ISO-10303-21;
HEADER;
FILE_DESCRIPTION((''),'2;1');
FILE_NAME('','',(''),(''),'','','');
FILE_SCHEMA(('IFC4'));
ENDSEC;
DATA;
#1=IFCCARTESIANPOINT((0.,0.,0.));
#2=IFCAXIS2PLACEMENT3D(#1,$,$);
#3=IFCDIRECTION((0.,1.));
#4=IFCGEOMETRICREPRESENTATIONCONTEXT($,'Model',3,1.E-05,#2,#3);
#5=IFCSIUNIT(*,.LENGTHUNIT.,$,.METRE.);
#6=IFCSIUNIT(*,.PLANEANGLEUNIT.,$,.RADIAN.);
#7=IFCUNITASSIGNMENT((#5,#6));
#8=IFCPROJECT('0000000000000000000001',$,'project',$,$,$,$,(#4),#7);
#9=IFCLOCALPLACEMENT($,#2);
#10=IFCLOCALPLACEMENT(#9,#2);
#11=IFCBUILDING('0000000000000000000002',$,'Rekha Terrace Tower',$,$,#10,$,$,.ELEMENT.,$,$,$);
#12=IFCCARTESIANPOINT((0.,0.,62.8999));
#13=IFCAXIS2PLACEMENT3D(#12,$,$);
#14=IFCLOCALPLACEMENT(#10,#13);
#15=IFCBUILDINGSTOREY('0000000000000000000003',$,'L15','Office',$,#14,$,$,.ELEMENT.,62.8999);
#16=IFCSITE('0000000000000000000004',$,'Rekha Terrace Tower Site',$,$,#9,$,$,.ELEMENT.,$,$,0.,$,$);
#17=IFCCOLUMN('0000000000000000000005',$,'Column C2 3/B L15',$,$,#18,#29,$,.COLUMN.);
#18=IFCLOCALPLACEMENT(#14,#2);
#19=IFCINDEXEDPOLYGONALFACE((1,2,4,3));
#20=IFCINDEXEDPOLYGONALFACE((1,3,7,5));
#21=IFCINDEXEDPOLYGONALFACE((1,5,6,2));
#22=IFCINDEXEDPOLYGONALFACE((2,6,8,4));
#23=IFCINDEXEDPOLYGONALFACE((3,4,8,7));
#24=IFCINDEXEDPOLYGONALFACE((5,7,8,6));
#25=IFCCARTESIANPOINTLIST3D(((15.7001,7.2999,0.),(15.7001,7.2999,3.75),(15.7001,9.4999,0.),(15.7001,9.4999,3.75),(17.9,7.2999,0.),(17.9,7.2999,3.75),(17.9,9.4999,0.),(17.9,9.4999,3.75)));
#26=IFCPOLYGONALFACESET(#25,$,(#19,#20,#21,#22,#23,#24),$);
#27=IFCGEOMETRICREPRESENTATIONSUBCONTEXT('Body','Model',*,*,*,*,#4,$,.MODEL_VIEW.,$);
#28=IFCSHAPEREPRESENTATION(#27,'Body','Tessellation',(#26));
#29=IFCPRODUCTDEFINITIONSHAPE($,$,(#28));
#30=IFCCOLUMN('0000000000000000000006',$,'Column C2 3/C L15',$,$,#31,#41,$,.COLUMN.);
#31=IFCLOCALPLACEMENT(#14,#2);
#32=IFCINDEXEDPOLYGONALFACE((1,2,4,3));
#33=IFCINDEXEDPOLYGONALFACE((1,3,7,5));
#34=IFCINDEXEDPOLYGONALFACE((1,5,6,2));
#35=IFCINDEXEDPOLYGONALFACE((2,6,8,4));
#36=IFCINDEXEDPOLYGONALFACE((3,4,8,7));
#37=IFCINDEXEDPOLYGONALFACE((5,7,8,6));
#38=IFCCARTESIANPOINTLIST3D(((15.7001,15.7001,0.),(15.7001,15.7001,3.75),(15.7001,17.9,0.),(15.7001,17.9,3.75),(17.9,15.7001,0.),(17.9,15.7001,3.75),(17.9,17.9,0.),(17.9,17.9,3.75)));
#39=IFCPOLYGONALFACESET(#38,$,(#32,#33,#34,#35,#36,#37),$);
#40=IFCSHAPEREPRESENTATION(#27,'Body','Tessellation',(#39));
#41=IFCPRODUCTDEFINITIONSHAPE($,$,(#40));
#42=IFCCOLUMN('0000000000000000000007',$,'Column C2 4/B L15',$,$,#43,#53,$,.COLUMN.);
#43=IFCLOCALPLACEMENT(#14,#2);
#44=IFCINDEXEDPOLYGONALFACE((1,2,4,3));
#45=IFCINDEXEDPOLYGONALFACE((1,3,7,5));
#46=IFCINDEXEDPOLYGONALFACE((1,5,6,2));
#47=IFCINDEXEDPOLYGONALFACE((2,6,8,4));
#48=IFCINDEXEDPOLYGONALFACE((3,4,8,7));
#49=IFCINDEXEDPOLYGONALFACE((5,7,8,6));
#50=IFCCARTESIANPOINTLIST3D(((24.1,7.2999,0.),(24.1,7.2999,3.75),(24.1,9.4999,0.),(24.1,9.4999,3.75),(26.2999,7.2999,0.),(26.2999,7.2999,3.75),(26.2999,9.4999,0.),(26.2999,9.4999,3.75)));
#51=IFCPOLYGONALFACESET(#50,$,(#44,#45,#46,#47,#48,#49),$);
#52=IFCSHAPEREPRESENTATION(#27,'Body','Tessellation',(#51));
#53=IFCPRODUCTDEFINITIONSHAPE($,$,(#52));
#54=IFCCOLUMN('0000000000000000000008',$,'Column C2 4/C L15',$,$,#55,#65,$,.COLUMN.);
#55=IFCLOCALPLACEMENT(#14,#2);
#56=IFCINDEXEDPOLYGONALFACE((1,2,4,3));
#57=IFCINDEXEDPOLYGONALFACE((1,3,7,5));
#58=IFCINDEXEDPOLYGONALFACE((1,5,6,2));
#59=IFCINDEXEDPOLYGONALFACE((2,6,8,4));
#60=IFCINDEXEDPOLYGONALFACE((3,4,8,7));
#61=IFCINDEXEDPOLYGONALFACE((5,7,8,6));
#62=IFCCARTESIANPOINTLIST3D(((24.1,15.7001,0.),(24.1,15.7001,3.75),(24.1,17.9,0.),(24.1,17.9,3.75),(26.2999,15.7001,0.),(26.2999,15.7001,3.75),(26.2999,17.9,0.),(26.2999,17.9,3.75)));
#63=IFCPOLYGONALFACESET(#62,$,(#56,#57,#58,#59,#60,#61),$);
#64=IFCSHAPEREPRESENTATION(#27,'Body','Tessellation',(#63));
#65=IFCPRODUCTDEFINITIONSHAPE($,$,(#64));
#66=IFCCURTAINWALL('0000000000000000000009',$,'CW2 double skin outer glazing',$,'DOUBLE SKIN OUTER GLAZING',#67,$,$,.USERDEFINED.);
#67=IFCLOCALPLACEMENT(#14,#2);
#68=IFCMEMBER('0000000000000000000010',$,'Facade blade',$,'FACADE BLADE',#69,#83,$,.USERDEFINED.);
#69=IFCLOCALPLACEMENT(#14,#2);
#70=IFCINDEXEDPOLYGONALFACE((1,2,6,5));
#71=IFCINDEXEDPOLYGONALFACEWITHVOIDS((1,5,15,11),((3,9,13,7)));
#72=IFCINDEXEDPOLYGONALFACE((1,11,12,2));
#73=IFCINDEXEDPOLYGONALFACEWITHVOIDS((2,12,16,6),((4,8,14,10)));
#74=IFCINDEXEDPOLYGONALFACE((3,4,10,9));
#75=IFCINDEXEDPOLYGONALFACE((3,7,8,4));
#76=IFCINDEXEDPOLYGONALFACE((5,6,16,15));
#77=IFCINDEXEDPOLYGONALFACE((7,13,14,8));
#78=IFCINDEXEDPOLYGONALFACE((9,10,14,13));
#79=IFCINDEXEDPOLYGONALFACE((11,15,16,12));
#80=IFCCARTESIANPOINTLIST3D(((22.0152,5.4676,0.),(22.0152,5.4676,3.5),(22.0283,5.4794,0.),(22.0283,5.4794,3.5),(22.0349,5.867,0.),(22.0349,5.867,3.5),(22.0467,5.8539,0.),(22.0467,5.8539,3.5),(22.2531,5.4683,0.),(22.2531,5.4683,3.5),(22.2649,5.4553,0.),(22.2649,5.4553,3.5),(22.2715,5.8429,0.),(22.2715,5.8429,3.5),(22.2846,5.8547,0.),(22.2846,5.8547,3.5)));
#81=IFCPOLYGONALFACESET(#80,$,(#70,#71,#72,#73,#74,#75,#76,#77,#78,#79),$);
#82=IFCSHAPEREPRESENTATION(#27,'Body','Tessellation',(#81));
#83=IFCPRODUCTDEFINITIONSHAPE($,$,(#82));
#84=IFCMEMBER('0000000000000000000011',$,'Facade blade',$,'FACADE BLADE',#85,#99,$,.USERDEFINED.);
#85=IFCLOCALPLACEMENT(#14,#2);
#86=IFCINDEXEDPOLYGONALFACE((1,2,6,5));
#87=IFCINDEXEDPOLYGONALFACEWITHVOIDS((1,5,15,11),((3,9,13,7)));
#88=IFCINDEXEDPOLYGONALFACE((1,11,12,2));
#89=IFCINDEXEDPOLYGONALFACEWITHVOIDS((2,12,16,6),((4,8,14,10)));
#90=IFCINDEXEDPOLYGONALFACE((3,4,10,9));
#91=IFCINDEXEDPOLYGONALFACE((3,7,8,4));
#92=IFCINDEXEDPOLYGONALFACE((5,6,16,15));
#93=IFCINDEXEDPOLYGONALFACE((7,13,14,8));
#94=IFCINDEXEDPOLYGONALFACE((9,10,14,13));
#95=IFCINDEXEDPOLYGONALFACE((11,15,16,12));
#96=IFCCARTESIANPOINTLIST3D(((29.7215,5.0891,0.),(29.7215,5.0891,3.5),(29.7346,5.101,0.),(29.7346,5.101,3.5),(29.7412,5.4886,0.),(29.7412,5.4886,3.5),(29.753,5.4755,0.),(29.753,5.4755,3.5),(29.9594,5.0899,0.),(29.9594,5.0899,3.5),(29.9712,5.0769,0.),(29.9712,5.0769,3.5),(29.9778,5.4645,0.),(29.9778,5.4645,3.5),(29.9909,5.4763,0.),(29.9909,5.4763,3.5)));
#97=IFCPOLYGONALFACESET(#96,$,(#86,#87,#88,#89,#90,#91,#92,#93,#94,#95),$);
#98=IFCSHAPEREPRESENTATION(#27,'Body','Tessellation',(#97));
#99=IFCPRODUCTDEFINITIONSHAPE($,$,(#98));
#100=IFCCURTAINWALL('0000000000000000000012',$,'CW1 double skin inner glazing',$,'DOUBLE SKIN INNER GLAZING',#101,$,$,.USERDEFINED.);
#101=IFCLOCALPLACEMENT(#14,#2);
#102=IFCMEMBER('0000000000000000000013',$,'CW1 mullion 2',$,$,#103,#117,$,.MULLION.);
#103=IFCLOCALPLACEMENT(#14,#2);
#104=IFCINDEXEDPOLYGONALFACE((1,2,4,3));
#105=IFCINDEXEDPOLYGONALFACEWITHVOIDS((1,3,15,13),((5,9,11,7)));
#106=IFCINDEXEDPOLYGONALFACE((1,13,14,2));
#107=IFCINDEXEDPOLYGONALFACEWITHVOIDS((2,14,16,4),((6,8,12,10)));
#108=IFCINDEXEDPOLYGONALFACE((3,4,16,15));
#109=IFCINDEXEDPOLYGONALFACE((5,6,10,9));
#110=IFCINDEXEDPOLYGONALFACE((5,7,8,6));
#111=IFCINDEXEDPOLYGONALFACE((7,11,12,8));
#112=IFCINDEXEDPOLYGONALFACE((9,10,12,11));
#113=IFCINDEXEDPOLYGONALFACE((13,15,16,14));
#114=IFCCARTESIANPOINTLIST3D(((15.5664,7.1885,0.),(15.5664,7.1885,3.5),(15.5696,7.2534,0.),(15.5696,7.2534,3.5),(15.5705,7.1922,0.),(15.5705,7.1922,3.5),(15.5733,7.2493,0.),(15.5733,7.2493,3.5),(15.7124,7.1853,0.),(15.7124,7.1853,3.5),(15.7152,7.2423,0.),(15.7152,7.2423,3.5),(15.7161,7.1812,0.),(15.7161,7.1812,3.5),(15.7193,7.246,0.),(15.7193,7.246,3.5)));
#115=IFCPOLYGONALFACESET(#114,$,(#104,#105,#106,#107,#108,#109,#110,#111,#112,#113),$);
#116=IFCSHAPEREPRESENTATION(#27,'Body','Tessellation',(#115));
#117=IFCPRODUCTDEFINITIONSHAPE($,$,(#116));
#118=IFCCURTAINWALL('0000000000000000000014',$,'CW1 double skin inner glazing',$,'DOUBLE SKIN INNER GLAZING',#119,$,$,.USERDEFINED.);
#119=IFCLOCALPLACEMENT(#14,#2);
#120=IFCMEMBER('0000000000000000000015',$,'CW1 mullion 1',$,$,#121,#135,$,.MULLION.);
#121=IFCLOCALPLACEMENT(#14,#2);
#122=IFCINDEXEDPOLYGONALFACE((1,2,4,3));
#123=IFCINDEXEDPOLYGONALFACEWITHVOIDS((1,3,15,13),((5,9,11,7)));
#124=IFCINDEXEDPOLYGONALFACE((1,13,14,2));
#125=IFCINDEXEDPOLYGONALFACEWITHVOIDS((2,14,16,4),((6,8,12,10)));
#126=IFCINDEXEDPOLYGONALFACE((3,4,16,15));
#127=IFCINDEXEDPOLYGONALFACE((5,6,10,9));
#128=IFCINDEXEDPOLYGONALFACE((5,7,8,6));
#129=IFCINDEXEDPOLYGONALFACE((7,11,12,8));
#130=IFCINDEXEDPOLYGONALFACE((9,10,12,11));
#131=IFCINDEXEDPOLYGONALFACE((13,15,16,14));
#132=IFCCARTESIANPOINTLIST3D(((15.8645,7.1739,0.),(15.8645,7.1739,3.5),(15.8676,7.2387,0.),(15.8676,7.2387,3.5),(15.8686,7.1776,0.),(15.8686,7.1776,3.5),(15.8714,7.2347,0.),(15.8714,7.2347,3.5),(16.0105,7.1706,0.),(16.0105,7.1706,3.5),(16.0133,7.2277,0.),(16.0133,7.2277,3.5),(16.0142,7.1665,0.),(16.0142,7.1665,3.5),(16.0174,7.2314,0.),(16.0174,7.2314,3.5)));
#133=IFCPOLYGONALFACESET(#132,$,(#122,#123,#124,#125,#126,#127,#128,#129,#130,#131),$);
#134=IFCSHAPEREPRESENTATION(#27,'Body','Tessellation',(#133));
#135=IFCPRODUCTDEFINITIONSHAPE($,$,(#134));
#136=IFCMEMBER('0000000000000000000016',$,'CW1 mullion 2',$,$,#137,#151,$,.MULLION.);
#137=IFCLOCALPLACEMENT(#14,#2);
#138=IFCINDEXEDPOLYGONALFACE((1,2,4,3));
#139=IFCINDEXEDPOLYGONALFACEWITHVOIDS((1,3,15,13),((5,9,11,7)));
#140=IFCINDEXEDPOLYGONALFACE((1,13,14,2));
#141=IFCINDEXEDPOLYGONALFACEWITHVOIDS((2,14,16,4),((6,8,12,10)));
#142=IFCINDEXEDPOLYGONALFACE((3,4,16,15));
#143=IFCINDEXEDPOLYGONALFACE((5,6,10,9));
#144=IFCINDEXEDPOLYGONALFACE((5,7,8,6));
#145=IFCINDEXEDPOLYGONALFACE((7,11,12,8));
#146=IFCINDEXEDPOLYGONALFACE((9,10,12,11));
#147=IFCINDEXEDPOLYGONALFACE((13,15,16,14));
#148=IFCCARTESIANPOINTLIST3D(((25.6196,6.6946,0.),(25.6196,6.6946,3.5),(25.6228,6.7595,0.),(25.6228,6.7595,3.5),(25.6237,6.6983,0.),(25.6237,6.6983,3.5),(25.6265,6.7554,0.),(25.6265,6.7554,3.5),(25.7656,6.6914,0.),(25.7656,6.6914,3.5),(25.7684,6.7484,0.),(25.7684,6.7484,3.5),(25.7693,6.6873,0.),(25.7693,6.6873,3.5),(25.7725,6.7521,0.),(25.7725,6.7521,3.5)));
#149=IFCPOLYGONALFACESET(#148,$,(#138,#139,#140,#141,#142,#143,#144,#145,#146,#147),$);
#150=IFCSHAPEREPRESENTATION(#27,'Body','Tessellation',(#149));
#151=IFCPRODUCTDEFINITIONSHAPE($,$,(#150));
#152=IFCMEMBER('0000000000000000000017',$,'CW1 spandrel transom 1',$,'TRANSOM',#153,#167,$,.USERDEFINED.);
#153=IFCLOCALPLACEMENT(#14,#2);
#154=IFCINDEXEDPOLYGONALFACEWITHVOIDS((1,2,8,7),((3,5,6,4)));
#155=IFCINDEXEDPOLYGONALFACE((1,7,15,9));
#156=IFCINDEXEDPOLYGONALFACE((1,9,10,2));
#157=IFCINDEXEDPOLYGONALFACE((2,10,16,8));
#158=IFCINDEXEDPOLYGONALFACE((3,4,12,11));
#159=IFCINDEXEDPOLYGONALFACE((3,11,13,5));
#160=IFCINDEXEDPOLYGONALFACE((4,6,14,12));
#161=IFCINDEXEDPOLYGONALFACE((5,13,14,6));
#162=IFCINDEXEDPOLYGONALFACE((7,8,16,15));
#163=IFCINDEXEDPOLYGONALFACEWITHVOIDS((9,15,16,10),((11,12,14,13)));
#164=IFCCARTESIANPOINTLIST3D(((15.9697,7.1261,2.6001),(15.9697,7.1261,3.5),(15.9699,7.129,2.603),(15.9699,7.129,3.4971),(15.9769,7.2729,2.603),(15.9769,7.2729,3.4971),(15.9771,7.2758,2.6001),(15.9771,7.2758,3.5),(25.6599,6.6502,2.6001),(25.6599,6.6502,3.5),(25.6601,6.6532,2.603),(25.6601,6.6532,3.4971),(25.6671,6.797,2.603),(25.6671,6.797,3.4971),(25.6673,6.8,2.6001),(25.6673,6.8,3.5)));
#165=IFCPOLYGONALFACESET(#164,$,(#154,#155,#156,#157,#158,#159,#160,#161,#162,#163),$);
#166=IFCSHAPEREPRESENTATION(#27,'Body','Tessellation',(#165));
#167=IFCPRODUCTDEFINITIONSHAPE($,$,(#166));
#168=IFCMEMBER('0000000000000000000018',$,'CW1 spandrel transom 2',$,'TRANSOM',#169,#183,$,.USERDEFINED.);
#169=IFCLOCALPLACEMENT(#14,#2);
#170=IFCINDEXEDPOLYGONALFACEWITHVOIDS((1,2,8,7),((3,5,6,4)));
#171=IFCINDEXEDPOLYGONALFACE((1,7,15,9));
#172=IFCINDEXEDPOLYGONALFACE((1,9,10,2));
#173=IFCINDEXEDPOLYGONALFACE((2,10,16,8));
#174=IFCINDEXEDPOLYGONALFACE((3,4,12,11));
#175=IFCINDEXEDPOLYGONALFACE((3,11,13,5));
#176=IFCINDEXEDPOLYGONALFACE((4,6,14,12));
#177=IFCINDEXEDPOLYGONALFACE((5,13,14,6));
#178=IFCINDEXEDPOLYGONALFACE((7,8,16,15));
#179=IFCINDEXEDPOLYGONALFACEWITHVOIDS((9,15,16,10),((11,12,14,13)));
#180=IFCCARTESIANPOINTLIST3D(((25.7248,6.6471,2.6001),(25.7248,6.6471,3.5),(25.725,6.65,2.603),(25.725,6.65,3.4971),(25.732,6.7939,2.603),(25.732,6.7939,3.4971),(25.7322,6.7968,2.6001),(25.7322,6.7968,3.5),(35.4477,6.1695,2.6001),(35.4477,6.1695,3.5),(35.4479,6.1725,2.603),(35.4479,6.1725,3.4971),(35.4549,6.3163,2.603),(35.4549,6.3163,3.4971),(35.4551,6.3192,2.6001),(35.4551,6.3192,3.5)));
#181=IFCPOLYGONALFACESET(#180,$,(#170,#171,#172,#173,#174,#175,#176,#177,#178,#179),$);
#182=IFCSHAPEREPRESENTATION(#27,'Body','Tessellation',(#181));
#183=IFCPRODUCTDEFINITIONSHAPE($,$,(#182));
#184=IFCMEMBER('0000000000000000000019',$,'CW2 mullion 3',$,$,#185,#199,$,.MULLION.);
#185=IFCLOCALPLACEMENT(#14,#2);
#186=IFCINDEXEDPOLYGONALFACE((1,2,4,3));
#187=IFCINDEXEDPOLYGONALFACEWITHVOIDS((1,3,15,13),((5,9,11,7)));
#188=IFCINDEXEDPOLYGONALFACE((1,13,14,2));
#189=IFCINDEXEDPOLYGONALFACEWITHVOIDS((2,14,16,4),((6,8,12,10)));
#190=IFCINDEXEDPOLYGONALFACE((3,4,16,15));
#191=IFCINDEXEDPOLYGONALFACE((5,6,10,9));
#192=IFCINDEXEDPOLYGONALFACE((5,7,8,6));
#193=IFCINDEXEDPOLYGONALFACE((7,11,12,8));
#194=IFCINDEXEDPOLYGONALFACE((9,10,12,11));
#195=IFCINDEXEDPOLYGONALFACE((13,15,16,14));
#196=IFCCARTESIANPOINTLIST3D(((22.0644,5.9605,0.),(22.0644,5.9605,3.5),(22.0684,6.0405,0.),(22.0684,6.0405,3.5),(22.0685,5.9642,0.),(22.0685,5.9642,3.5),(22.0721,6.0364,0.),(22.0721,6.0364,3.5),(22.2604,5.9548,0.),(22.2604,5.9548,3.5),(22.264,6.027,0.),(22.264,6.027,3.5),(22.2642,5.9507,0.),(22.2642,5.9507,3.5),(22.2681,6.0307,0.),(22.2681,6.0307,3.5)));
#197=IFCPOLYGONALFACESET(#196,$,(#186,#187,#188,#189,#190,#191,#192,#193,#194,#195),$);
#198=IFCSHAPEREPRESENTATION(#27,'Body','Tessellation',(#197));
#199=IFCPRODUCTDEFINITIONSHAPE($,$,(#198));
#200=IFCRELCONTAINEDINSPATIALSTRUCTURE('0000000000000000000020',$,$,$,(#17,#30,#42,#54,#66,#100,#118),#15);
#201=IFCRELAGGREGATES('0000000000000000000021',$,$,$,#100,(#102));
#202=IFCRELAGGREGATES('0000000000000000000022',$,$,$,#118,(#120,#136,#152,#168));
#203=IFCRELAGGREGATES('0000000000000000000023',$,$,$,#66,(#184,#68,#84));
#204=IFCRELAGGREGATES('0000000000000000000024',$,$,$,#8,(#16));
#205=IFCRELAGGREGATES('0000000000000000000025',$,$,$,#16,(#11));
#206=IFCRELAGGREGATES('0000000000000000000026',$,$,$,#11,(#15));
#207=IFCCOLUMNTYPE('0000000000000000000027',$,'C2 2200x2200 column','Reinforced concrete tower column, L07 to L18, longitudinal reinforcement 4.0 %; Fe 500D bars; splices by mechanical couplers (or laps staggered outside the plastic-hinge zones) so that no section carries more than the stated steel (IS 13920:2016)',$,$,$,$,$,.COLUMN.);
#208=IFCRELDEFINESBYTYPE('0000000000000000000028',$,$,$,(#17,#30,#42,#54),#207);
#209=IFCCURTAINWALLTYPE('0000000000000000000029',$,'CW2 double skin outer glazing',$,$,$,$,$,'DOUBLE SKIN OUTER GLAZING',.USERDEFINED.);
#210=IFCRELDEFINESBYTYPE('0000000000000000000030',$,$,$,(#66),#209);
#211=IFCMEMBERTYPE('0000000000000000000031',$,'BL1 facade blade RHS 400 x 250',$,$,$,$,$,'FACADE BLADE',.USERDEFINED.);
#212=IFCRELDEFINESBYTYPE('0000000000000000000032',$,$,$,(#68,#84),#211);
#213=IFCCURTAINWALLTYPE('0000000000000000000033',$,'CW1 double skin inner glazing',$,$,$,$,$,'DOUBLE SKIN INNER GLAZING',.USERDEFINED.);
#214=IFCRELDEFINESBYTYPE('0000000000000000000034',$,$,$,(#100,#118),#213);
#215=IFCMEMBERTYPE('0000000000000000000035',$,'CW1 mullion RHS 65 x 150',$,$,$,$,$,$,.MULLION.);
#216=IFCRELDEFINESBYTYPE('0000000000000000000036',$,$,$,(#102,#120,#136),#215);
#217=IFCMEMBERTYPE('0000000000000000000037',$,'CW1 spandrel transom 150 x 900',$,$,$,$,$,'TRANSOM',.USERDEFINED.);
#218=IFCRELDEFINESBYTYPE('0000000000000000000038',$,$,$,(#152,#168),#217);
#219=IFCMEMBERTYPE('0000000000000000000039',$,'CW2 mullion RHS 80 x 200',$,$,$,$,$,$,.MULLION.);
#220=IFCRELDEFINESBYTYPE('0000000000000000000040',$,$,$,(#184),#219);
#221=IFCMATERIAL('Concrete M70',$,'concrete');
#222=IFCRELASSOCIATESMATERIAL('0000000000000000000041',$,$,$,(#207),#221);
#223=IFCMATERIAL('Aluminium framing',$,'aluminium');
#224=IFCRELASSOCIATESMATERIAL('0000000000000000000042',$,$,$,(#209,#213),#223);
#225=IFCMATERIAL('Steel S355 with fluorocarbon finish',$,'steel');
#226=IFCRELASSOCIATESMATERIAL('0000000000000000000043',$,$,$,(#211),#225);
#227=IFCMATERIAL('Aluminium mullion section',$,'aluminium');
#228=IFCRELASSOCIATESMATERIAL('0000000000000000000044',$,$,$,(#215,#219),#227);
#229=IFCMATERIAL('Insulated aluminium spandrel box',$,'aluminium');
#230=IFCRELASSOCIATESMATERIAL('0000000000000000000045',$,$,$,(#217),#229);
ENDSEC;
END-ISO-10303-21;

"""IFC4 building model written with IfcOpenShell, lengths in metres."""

from ifc_helpers import new_model, si_unit, direction, frame, origin, origin_2d, place, context, subcontext, project, spatial, rectangle, hollow_rectangle, extrude, material, material_profile, profile_set, type_object, element, aggregate, save


model = new_model("IFC4")

# Units and contexts
model_context = context("Model", 3, precision=1e-05, world=origin(), true_north=direction((0.0, 1.0)))
body_context = subcontext(model_context, "Body", "Model", "MODEL_VIEW")
ifc_project = project(units=[si_unit("LENGTHUNIT", "METRE"), si_unit("PLANEANGLEUNIT", "RADIAN")], contexts=[model_context])

# Site, building, storey
site_placement = place(None, origin())
site = spatial("IfcSite", under=ifc_project, at=site_placement, Name="Rekha Terrace Tower Site", CompositionType="ELEMENT", RefElevation=0.0)
building_placement = place(site_placement, origin())
building = spatial("IfcBuilding", under=site, at=building_placement, Name="Rekha Terrace Tower", CompositionType="ELEMENT")
storey_placement = place(building_placement, frame((0.0, 0.0, 62.8999)))
storey = spatial("IfcBuildingStorey", under=building, at=storey_placement, Name="L15", Description="Office", CompositionType="ELEMENT", Elevation=62.8999)

# Columns
ifc_material_1 = material(Name="Concrete M70", Category="concrete")
ifc_material_profile_1 = material_profile(ifc_material_1, rectangle(XDim=2.2, YDim=2.2, at=origin_2d()), Name="RC 2200x2200")
ifc_profile_set_1 = profile_set([ifc_material_profile_1], Name="Concrete M70")
column_type = type_object("IfcColumnType", Name="C2 2200x2200 column", Description="Reinforced concrete tower column, L07 to L18, longitudinal reinforcement 4.0 %; Fe 500D bars; splices by mechanical couplers (or laps staggered outside the plastic-hinge zones) so that no section carries more than the stated steel (IS 13920:2016)", PredefinedType="COLUMN", material=ifc_profile_set_1)
for number, where, z_axis, x_axis, name in (
    (1, (16.8, 8.3999, 0.0), (0.0, 0.0, 1.0), (1.0, 0.0, 0.0), "Column C2 3/B L15"),
    (2, (16.8, 16.8, 0.0), (0.0, 0.0, 1.0), (1.0, 0.0, 0.0), "Column C2 3/C L15"),
    (3, (25.2, 8.3999, 0.0), (0.0, 0.0, 1.0), (1.0, 0.0, 0.0), "Column C2 4/B L15"),
    (4, (25.2, 16.8, 0.0), (0.0, 0.0, 1.0), (1.0, 0.0, 0.0), "Column C2 4/C L15"),
):
    element("IfcColumn", number, at=place(storey_placement, frame(where, z_axis=z_axis, x_axis=x_axis)), inside=storey, type_object=column_type, Name=name, PredefinedType="COLUMN", context=body_context, shape_type="SweptSolid", body=[
        extrude(rectangle(XDim=2.2, YDim=2.2, at=origin_2d()), origin(), (0.0, 0.0, 1.0), 3.75),
    ])

# Curtain wall, members
ifc_material_2 = material(Name="Aluminium framing", Category="aluminium")
curtain_wall_type_1 = type_object("IfcCurtainWallType", Name="CW2 double skin outer glazing", ElementType="DOUBLE SKIN OUTER GLAZING", PredefinedType="USERDEFINED", material=ifc_material_2)
curtain_wall_1_placement = place(storey_placement, origin())
curtain_wall_1 = element("IfcCurtainWall", 5, at=curtain_wall_1_placement, inside=storey, type_object=curtain_wall_type_1, Name="CW2 double skin outer glazing", ObjectType="DOUBLE SKIN OUTER GLAZING", PredefinedType="USERDEFINED")
ifc_material_3 = material(Name="Steel S355 with fluorocarbon finish", Category="steel")
ifc_material_profile_2 = material_profile(ifc_material_3, hollow_rectangle(XDim=0.25, YDim=0.3999, WallThickness=0.0125, at=origin_2d()), Name="RHS400x250x12.5")
ifc_profile_set_2 = profile_set([ifc_material_profile_2], Name="Steel S355 with fluorocarbon finish")
member_type_1 = type_object("IfcMemberType", Name="BL1 facade blade RHS 400 x 250", ElementType="FACADE BLADE", PredefinedType="USERDEFINED", material=ifc_profile_set_2)
member_1_placement = place(storey_placement, frame((22.1499, 5.6611, 0.0), z_axis=(0.0, 0.0, 1.0), x_axis=(0.998796, -0.049052, 0.0)))
member_1 = element("IfcMember", 6, at=member_1_placement, type_object=member_type_1, Name="Facade blade", ObjectType="FACADE BLADE", PredefinedType="USERDEFINED", context=body_context, shape_type="SweptSolid", body=[
    extrude(hollow_rectangle(XDim=0.25, YDim=0.3999, WallThickness=0.0125, at=origin_2d()), origin(), (0.0, 0.0, 1.0), 3.5),
])
member_2_placement = place(storey_placement, frame((29.8562, 5.2827, 0.0), z_axis=(0.0, 0.0, 1.0), x_axis=(0.998796, -0.049052, 0.0)))
member_2 = element("IfcMember", 7, at=member_2_placement, type_object=member_type_1, Name="Facade blade", ObjectType="FACADE BLADE", PredefinedType="USERDEFINED", context=body_context, shape_type="SweptSolid", body=[
    extrude(hollow_rectangle(XDim=0.25, YDim=0.3999, WallThickness=0.0125, at=origin_2d()), origin(), (0.0, 0.0, 1.0), 3.5),
])

# Curtain wall, member
curtain_wall_type_2 = type_object("IfcCurtainWallType", Name="CW1 double skin inner glazing", ElementType="DOUBLE SKIN INNER GLAZING", PredefinedType="USERDEFINED", material=ifc_material_2)
curtain_wall_2_placement = place(storey_placement, origin())
curtain_wall_2 = element("IfcCurtainWall", 8, at=curtain_wall_2_placement, inside=storey, type_object=curtain_wall_type_2, Name="CW1 double skin inner glazing", ObjectType="DOUBLE SKIN INNER GLAZING", PredefinedType="USERDEFINED")
ifc_material_4 = material(Name="Aluminium mullion section", Category="aluminium")
ifc_material_profile_3 = material_profile(ifc_material_4, hollow_rectangle(XDim=0.0649, YDim=0.1499, WallThickness=0.0039, at=origin_2d()), Name="AL RHS 65x150")
ifc_profile_set_3 = profile_set([ifc_material_profile_3], Name="Aluminium mullion section")
member_type_2 = type_object("IfcMemberType", Name="CW1 mullion RHS 65 x 150", PredefinedType="MULLION", material=ifc_profile_set_3)
member_3_placement = place(storey_placement, frame((15.6428, 7.2173, 0.0), z_axis=(0.0, 0.0, 1.0), x_axis=(0.049052, 0.998796, 0.0)))
member_3 = element("IfcMember", 9, at=member_3_placement, type_object=member_type_2, Name="CW1 mullion 2", PredefinedType="MULLION", context=body_context, shape_type="SweptSolid", body=[
    extrude(hollow_rectangle(XDim=0.0649, YDim=0.1499, WallThickness=0.0039, at=origin_2d()), origin(), (0.0, 0.0, 1.0), 3.5),
])
aggregate(curtain_wall_2, [member_3])

# Curtain wall, members
curtain_wall_3_placement = place(storey_placement, origin())
curtain_wall_3 = element("IfcCurtainWall", 10, at=curtain_wall_3_placement, inside=storey, type_object=curtain_wall_type_2, Name="CW1 double skin inner glazing", ObjectType="DOUBLE SKIN INNER GLAZING", PredefinedType="USERDEFINED")
member_4_placement = place(storey_placement, frame((15.9409, 7.2026, 0.0), z_axis=(0.0, 0.0, 1.0), x_axis=(0.049052, 0.998796, 0.0)))
member_4 = element("IfcMember", 11, at=member_4_placement, type_object=member_type_2, Name="CW1 mullion 1", PredefinedType="MULLION", context=body_context, shape_type="SweptSolid", body=[
    extrude(hollow_rectangle(XDim=0.0649, YDim=0.1499, WallThickness=0.0039, at=origin_2d()), origin(), (0.0, 0.0, 1.0), 3.5),
])
member_5_placement = place(storey_placement, frame((25.696, 6.7234, 0.0), z_axis=(0.0, 0.0, 1.0), x_axis=(0.049052, 0.998796, 0.0)))
member_5 = element("IfcMember", 12, at=member_5_placement, type_object=member_type_2, Name="CW1 mullion 2", PredefinedType="MULLION", context=body_context, shape_type="SweptSolid", body=[
    extrude(hollow_rectangle(XDim=0.0649, YDim=0.1499, WallThickness=0.0039, at=origin_2d()), origin(), (0.0, 0.0, 1.0), 3.5),
])
ifc_material_5 = material(Name="Insulated aluminium spandrel box", Category="aluminium")
ifc_material_profile_4 = material_profile(ifc_material_5, hollow_rectangle(XDim=0.1499, YDim=0.8999, WallThickness=0.0029, at=origin_2d()), Name="AL SPANDREL BOX 150x900")
ifc_profile_set_4 = profile_set([ifc_material_profile_4], Name="Insulated aluminium spandrel box")
member_type_3 = type_object("IfcMemberType", Name="CW1 spandrel transom 150 x 900", ElementType="TRANSOM", PredefinedType="USERDEFINED", material=ifc_profile_set_4)
member_6_placement = place(storey_placement, frame((15.9734, 7.2009, 3.05), z_axis=(0.998797, -0.049045, 0.0), x_axis=(0.049045, 0.998797, 0.0)))
member_6 = element("IfcMember", 13, at=member_6_placement, type_object=member_type_3, Name="CW1 spandrel transom 1", ObjectType="TRANSOM", PredefinedType="USERDEFINED", context=body_context, shape_type="SweptSolid", body=[
    extrude(hollow_rectangle(XDim=0.1499, YDim=0.8999, WallThickness=0.0029, at=origin_2d()), origin(), (0.0, 0.0, 1.0), 9.7019),
])
member_7_placement = place(storey_placement, frame((25.7285, 6.7219, 3.05), z_axis=(0.998796, -0.049056, 0.0), x_axis=(0.049056, 0.998796, 0.0)))
member_7 = element("IfcMember", 14, at=member_7_placement, type_object=member_type_3, Name="CW1 spandrel transom 2", ObjectType="TRANSOM", PredefinedType="USERDEFINED", context=body_context, shape_type="SweptSolid", body=[
    extrude(hollow_rectangle(XDim=0.1499, YDim=0.8999, WallThickness=0.0029, at=origin_2d()), origin(), (0.0, 0.0, 1.0), 9.7346),
])

# Member
ifc_material_profile_5 = material_profile(ifc_material_4, hollow_rectangle(XDim=0.0801, YDim=0.2, WallThickness=0.0039, at=origin_2d()), Name="AL RHS 80x200")
ifc_profile_set_5 = profile_set([ifc_material_profile_5], Name="Aluminium mullion section")
member_type_4 = type_object("IfcMemberType", Name="CW2 mullion RHS 80 x 200", PredefinedType="MULLION", material=ifc_profile_set_5)
member_8_placement = place(storey_placement, frame((22.1663, 5.9956, 0.0), z_axis=(0.0, 0.0, 1.0), x_axis=(0.049052, 0.998796, 0.0)))
member_8 = element("IfcMember", 15, at=member_8_placement, type_object=member_type_4, Name="CW2 mullion 3", PredefinedType="MULLION", context=body_context, shape_type="SweptSolid", body=[
    extrude(hollow_rectangle(XDim=0.0801, YDim=0.2, WallThickness=0.0039, at=origin_2d()), origin(), (0.0, 0.0, 1.0), 3.5),
])

aggregate(curtain_wall_3, [member_4, member_5, member_6, member_7])
aggregate(curtain_wall_1, [member_8, member_1, member_2])

save(model, "model.ifc")
